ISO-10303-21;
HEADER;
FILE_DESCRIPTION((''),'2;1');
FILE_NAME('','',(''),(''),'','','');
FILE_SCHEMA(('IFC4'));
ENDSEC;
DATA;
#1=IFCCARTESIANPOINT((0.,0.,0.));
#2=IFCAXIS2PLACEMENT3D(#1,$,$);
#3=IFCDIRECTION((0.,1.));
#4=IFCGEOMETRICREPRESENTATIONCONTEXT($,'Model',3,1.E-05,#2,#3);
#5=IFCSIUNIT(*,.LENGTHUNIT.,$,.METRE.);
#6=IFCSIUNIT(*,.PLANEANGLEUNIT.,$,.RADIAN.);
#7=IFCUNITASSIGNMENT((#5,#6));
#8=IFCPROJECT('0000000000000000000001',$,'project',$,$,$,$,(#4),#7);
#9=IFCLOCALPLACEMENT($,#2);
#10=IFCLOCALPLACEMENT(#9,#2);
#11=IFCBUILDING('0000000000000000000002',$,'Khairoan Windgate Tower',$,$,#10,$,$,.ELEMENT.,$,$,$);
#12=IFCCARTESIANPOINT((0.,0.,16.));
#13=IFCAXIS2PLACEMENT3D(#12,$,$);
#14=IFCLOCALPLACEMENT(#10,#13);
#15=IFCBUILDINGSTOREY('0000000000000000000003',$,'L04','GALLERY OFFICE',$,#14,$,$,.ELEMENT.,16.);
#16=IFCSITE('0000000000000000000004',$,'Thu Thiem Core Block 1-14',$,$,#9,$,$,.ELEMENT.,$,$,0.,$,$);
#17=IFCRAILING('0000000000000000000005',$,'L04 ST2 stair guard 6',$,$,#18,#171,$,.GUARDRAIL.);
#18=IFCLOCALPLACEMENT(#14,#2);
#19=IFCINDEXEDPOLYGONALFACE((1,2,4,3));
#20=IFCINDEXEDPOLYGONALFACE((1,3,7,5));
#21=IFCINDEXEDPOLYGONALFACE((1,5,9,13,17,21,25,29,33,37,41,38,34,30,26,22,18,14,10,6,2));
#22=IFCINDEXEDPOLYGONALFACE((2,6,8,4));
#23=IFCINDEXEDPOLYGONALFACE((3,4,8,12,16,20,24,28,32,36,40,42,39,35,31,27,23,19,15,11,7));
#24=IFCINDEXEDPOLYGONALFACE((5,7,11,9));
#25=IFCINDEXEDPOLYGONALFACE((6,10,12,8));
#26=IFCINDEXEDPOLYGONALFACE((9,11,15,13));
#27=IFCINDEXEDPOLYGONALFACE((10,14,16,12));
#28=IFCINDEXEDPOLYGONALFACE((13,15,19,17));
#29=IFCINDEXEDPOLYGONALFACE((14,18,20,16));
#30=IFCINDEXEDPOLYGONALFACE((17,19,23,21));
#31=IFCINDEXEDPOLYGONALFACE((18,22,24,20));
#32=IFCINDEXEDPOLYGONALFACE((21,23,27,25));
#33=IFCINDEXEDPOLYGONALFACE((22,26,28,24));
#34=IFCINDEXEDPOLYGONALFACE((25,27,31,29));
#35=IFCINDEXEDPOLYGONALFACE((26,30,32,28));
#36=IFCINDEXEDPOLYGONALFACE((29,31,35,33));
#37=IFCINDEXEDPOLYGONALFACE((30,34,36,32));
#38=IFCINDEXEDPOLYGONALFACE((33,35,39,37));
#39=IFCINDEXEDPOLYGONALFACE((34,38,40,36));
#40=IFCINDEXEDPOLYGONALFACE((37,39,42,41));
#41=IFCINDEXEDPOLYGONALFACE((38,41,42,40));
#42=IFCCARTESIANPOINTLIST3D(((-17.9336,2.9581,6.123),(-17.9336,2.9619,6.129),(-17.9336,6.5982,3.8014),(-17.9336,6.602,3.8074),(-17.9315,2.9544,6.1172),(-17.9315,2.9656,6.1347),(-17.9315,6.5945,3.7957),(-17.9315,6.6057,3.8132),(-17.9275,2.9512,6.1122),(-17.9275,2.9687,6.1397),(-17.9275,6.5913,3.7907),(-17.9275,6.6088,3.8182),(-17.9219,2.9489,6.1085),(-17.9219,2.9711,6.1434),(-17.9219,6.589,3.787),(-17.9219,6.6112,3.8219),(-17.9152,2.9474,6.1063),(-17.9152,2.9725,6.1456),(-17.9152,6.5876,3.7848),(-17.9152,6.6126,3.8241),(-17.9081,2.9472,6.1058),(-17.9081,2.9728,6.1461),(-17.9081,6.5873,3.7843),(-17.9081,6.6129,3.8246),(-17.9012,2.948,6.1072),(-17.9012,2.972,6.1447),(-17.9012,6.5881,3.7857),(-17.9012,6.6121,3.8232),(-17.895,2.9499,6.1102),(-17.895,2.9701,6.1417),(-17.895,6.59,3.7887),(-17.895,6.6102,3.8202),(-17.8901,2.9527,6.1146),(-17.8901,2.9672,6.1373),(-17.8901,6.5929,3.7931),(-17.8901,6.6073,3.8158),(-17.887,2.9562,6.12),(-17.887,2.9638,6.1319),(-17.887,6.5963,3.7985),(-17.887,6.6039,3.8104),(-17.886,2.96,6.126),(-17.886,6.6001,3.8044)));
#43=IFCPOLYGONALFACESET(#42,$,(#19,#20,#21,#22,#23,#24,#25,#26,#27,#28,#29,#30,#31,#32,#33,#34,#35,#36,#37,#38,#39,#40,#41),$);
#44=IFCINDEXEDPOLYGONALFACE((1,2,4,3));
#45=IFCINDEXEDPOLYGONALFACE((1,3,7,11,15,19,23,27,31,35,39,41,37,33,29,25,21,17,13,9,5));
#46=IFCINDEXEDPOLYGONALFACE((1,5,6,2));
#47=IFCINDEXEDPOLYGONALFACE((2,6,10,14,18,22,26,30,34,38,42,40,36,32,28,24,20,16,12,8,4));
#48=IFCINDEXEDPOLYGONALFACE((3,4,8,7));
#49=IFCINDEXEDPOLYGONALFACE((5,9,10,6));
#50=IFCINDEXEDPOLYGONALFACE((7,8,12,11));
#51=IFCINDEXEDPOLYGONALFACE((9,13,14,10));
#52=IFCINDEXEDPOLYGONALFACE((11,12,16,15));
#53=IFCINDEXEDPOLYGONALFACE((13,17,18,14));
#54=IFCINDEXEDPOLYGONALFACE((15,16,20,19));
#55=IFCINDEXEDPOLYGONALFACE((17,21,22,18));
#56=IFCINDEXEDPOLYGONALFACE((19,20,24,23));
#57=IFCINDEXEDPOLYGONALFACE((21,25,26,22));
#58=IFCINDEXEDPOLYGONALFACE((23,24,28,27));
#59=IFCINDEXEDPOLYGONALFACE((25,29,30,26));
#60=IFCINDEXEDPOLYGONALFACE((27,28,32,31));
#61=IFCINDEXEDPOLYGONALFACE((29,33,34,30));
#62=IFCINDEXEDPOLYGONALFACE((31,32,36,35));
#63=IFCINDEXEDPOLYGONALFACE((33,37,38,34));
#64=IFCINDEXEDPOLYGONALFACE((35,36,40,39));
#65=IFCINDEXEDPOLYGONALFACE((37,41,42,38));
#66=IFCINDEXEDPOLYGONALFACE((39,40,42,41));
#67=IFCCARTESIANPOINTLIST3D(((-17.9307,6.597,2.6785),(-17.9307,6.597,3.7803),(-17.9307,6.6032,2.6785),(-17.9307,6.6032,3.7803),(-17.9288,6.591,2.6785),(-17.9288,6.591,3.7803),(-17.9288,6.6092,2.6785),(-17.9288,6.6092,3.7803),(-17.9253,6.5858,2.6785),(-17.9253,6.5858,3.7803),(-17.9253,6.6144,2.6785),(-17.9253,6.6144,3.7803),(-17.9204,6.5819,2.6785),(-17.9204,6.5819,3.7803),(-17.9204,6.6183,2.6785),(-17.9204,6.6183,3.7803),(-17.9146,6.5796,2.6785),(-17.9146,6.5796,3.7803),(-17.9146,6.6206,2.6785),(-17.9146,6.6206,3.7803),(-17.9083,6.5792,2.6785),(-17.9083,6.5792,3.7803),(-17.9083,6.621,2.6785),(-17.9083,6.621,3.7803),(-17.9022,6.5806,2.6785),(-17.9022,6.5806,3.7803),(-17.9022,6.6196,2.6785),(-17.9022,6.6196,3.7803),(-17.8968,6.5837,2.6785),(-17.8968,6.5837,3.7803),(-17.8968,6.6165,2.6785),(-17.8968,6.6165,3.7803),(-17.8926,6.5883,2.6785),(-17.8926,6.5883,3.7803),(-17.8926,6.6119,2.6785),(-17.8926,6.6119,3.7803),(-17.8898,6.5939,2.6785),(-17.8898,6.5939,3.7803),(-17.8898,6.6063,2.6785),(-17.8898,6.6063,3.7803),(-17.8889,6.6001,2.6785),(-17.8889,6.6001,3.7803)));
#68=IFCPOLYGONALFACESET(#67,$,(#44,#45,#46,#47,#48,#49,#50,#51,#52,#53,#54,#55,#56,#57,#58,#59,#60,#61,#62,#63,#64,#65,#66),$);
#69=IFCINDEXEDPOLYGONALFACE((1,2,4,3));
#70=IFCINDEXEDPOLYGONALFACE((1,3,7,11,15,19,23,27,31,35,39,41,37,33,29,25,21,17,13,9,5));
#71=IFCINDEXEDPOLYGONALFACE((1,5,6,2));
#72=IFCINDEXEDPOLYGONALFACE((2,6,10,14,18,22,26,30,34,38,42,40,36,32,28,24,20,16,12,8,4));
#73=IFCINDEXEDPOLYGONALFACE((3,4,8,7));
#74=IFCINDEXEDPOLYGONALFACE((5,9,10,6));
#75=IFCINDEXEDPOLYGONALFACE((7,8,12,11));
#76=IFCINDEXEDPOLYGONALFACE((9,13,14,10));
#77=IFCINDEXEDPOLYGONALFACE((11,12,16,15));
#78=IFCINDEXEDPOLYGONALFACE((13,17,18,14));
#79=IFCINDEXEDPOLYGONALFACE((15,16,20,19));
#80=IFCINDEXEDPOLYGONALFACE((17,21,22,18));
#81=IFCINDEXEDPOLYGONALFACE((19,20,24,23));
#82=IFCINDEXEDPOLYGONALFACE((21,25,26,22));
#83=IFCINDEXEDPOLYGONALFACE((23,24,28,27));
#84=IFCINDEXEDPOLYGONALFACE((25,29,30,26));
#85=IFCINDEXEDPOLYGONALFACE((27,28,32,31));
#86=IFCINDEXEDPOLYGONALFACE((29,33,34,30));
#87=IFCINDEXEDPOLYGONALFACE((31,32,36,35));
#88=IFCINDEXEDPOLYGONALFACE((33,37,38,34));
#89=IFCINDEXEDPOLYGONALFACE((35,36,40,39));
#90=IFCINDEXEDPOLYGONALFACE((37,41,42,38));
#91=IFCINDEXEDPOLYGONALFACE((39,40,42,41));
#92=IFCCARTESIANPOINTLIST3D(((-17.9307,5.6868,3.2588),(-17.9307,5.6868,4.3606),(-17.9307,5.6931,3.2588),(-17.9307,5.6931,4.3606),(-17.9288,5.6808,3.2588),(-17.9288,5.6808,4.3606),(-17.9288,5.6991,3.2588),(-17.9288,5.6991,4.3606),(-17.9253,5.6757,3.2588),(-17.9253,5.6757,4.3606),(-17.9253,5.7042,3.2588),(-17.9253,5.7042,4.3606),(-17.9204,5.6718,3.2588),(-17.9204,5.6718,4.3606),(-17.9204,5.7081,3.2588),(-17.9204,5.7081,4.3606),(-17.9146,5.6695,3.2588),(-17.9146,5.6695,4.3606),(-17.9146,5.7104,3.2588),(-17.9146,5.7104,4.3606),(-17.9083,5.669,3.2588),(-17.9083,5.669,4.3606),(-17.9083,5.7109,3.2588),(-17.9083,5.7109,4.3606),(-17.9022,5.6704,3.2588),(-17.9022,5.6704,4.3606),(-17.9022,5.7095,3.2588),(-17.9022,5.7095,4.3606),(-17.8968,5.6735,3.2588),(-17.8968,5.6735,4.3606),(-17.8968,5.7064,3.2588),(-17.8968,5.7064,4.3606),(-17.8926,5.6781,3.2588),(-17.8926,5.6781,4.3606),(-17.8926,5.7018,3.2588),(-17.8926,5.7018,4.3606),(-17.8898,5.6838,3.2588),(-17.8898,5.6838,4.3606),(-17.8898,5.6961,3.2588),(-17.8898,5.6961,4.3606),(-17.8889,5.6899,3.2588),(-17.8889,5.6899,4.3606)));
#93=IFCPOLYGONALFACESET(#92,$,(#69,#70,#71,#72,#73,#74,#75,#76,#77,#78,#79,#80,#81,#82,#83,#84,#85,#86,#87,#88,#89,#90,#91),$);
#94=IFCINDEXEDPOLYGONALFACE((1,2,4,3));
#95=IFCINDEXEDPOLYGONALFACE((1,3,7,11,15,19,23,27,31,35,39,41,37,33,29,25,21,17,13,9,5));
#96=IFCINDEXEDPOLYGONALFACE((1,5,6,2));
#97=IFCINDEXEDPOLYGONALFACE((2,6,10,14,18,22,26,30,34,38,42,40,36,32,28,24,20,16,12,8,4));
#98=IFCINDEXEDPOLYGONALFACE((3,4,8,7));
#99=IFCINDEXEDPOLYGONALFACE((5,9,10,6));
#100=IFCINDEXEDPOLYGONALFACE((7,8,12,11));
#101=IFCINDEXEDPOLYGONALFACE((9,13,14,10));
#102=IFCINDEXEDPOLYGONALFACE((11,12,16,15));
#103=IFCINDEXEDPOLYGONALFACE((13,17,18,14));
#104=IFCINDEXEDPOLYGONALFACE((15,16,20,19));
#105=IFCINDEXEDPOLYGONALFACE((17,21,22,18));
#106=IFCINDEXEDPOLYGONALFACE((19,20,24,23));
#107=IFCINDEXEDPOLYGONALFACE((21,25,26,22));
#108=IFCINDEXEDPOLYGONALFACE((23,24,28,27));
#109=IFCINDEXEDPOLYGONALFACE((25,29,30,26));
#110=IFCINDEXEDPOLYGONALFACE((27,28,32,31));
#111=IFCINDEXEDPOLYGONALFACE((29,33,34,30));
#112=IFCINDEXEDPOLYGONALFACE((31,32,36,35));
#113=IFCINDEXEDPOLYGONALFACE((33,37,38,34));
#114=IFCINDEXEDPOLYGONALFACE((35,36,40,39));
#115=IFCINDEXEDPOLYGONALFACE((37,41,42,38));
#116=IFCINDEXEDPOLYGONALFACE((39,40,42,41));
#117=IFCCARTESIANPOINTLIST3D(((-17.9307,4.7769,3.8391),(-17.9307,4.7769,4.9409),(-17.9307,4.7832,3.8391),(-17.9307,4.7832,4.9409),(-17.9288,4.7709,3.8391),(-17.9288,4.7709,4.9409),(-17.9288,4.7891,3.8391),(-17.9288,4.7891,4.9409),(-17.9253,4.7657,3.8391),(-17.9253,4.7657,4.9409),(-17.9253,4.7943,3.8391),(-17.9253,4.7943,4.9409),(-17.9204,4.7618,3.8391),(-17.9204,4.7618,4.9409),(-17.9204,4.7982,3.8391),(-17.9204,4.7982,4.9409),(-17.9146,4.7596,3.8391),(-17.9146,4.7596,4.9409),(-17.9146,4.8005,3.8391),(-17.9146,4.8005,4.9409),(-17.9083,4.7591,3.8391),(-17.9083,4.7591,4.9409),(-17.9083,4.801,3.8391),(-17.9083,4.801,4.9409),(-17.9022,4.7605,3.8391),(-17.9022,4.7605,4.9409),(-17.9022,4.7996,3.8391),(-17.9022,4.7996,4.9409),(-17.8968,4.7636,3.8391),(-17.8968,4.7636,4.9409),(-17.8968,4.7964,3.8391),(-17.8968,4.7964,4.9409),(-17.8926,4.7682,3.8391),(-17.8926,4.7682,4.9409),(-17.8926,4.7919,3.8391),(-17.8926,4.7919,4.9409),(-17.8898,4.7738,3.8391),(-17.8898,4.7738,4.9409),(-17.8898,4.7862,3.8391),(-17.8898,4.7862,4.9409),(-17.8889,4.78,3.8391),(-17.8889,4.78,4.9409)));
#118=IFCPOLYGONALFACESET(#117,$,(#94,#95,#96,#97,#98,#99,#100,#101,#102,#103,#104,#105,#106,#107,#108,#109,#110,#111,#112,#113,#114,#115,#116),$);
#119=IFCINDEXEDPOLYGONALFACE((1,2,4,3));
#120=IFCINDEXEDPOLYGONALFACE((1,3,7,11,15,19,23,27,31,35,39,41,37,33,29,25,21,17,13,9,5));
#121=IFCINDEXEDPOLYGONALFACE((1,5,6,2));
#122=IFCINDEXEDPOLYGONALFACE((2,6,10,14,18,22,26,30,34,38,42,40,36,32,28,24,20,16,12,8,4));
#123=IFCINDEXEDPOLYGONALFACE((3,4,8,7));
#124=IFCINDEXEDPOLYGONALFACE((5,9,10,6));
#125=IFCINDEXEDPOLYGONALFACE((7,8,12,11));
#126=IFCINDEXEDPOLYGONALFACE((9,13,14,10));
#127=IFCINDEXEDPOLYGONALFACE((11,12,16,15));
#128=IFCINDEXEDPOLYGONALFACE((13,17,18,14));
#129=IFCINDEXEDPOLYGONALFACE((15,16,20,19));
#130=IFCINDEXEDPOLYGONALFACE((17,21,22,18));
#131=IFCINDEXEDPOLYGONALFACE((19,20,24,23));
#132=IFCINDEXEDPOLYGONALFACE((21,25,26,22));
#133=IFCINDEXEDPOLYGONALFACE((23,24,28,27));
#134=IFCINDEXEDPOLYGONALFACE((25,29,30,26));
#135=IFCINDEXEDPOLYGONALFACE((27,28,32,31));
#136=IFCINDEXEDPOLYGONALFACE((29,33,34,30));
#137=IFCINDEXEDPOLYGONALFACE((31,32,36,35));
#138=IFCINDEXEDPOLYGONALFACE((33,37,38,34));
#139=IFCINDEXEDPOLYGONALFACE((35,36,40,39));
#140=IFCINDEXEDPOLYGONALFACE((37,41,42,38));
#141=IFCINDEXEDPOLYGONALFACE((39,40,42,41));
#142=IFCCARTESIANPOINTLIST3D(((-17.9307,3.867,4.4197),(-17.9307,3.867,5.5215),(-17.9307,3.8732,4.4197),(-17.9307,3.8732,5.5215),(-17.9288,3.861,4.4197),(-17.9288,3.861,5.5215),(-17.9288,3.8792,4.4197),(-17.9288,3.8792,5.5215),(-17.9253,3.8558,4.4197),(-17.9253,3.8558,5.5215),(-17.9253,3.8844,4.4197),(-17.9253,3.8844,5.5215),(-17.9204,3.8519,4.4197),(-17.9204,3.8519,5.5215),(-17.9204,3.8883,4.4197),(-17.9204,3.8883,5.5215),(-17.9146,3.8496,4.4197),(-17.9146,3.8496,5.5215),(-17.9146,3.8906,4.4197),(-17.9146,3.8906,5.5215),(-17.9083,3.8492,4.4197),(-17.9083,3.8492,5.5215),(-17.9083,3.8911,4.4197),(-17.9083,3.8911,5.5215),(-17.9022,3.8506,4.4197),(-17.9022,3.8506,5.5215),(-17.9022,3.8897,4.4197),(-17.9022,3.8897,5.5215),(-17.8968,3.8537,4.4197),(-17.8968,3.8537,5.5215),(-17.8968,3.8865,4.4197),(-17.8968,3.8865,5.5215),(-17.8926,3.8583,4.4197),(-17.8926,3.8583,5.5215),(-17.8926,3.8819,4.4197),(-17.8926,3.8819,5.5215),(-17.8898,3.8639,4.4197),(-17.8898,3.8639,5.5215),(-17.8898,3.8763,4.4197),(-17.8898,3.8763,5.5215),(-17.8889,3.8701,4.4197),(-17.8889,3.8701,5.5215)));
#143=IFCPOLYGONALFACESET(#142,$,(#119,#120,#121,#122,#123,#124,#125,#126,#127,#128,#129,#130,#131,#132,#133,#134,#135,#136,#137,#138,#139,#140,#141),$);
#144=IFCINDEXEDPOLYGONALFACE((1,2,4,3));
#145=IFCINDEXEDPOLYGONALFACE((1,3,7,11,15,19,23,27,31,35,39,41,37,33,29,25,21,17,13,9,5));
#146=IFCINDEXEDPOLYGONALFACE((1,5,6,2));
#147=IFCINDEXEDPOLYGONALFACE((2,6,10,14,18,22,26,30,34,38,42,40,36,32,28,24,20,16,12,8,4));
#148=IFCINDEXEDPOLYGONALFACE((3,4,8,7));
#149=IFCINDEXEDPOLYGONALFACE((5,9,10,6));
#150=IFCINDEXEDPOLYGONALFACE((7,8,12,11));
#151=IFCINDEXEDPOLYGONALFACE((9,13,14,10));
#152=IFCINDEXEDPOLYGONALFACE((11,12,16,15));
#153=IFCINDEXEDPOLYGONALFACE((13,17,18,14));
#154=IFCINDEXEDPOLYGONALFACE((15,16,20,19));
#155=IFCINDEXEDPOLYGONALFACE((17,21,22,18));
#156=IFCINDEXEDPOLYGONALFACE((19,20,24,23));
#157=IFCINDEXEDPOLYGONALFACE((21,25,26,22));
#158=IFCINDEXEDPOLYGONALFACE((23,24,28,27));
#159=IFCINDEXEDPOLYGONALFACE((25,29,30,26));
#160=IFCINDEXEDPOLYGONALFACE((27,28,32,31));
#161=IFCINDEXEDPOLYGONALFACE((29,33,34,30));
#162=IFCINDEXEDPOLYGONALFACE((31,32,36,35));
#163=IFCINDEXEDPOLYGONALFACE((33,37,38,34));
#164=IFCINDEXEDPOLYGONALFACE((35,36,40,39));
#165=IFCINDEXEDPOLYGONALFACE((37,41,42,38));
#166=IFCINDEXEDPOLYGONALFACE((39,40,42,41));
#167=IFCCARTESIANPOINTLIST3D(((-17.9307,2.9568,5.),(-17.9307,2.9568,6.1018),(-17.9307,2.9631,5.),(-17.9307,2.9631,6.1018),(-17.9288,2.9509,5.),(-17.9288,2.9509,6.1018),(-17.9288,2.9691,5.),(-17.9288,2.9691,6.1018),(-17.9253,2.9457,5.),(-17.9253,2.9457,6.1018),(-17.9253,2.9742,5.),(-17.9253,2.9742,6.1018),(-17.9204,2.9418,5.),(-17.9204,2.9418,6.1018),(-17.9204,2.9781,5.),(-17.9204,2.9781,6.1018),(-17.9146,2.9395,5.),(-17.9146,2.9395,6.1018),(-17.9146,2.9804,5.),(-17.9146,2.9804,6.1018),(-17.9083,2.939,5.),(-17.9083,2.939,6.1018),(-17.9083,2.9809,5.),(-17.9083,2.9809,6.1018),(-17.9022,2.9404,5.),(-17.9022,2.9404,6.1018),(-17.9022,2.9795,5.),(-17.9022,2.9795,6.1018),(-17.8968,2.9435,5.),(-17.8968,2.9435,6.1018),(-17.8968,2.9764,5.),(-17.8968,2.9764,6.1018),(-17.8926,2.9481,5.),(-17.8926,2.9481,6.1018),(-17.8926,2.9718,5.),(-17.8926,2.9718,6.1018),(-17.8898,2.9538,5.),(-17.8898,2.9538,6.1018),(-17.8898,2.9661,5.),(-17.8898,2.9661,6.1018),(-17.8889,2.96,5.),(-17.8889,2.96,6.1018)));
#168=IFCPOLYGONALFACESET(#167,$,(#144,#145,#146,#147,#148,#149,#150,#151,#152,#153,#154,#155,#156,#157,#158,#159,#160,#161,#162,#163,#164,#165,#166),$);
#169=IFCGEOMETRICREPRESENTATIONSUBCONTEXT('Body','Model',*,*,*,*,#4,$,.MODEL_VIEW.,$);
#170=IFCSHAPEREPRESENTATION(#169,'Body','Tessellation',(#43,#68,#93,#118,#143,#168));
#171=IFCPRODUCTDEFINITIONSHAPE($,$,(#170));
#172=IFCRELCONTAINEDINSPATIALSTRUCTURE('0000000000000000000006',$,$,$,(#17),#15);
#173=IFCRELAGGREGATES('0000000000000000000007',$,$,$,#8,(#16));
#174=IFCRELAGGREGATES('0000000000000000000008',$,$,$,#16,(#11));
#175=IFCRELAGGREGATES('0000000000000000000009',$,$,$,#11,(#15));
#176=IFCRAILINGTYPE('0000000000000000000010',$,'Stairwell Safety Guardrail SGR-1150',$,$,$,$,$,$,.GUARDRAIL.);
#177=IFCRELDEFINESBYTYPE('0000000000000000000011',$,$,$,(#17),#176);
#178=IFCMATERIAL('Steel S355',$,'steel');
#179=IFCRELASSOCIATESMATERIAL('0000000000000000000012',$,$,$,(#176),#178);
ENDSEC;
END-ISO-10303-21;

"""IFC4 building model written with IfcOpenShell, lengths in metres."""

from ifc_helpers import new_model, si_unit, direction, frame, origin, origin_2d, place, context, subcontext, project, spatial, circle, extrude, material, type_object, element, save


model = new_model("IFC4")

# Units and contexts
model_context = context("Model", 3, precision=1e-05, world=origin(), true_north=direction((0.0, 1.0)))
body_context = subcontext(model_context, "Body", "Model", "MODEL_VIEW")
ifc_project = project(units=[si_unit("LENGTHUNIT", "METRE"), si_unit("PLANEANGLEUNIT", "RADIAN")], contexts=[model_context])

# Site, building, storey
site_placement = place(None, origin())
site = spatial("IfcSite", under=ifc_project, at=site_placement, Name="Thu Thiem Core Block 1-14", CompositionType="ELEMENT", RefElevation=0.0)
building_placement = place(site_placement, origin())
building = spatial("IfcBuilding", under=site, at=building_placement, Name="Khairoan Windgate Tower", CompositionType="ELEMENT")
storey_placement = place(building_placement, frame((0.0, 0.0, 16.0)))
storey = spatial("IfcBuildingStorey", under=building, at=storey_placement, Name="L04", Description="GALLERY OFFICE", CompositionType="ELEMENT", Elevation=16.0)

# Railing
ifc_material_1 = material(Name="Steel S355", Category="steel")
railing_type_1 = type_object("IfcRailingType", Name="Stairwell Safety Guardrail SGR-1150", PredefinedType="GUARDRAIL", material=ifc_material_1)
railing_1_placement = place(storey_placement, frame((-17.9099, 6.6001, 2.6785)))
element("IfcRailing", 1, at=railing_1_placement, inside=storey, type_object=railing_type_1, Name="L04 ST2 stair guard 6", PredefinedType="GUARDRAIL", context=body_context, shape_type="SweptSolid", body=[
    extrude(circle(Radius=0.0239, at=origin_2d()), frame((0.0, 0.0, 1.126), z_axis=(0.0, -0.843128, 0.537713), x_axis=(1.0, 0.0, 0.0)), (0.0, 0.0, 1.0), 4.3174),
    extrude(circle(Radius=0.021, at=origin_2d()), origin(), (0.0, 0.0, 1.0), 1.1018),
    extrude(circle(Radius=0.021, at=origin_2d()), frame((0.0, -0.9102, 0.5803)), (0.0, 0.0, 1.0), 1.1018),
    extrude(circle(Radius=0.021, at=origin_2d()), frame((0.0, -1.8201, 1.1606)), (0.0, 0.0, 1.0), 1.1018),
    extrude(circle(Radius=0.021, at=origin_2d()), frame((0.0, -2.73, 1.7412)), (0.0, 0.0, 1.0), 1.1018),
    extrude(circle(Radius=0.021, at=origin_2d()), frame((0.0, -3.6401, 2.3215)), (0.0, 0.0, 1.0), 1.1018),
])

save(model, "model.ifc")
